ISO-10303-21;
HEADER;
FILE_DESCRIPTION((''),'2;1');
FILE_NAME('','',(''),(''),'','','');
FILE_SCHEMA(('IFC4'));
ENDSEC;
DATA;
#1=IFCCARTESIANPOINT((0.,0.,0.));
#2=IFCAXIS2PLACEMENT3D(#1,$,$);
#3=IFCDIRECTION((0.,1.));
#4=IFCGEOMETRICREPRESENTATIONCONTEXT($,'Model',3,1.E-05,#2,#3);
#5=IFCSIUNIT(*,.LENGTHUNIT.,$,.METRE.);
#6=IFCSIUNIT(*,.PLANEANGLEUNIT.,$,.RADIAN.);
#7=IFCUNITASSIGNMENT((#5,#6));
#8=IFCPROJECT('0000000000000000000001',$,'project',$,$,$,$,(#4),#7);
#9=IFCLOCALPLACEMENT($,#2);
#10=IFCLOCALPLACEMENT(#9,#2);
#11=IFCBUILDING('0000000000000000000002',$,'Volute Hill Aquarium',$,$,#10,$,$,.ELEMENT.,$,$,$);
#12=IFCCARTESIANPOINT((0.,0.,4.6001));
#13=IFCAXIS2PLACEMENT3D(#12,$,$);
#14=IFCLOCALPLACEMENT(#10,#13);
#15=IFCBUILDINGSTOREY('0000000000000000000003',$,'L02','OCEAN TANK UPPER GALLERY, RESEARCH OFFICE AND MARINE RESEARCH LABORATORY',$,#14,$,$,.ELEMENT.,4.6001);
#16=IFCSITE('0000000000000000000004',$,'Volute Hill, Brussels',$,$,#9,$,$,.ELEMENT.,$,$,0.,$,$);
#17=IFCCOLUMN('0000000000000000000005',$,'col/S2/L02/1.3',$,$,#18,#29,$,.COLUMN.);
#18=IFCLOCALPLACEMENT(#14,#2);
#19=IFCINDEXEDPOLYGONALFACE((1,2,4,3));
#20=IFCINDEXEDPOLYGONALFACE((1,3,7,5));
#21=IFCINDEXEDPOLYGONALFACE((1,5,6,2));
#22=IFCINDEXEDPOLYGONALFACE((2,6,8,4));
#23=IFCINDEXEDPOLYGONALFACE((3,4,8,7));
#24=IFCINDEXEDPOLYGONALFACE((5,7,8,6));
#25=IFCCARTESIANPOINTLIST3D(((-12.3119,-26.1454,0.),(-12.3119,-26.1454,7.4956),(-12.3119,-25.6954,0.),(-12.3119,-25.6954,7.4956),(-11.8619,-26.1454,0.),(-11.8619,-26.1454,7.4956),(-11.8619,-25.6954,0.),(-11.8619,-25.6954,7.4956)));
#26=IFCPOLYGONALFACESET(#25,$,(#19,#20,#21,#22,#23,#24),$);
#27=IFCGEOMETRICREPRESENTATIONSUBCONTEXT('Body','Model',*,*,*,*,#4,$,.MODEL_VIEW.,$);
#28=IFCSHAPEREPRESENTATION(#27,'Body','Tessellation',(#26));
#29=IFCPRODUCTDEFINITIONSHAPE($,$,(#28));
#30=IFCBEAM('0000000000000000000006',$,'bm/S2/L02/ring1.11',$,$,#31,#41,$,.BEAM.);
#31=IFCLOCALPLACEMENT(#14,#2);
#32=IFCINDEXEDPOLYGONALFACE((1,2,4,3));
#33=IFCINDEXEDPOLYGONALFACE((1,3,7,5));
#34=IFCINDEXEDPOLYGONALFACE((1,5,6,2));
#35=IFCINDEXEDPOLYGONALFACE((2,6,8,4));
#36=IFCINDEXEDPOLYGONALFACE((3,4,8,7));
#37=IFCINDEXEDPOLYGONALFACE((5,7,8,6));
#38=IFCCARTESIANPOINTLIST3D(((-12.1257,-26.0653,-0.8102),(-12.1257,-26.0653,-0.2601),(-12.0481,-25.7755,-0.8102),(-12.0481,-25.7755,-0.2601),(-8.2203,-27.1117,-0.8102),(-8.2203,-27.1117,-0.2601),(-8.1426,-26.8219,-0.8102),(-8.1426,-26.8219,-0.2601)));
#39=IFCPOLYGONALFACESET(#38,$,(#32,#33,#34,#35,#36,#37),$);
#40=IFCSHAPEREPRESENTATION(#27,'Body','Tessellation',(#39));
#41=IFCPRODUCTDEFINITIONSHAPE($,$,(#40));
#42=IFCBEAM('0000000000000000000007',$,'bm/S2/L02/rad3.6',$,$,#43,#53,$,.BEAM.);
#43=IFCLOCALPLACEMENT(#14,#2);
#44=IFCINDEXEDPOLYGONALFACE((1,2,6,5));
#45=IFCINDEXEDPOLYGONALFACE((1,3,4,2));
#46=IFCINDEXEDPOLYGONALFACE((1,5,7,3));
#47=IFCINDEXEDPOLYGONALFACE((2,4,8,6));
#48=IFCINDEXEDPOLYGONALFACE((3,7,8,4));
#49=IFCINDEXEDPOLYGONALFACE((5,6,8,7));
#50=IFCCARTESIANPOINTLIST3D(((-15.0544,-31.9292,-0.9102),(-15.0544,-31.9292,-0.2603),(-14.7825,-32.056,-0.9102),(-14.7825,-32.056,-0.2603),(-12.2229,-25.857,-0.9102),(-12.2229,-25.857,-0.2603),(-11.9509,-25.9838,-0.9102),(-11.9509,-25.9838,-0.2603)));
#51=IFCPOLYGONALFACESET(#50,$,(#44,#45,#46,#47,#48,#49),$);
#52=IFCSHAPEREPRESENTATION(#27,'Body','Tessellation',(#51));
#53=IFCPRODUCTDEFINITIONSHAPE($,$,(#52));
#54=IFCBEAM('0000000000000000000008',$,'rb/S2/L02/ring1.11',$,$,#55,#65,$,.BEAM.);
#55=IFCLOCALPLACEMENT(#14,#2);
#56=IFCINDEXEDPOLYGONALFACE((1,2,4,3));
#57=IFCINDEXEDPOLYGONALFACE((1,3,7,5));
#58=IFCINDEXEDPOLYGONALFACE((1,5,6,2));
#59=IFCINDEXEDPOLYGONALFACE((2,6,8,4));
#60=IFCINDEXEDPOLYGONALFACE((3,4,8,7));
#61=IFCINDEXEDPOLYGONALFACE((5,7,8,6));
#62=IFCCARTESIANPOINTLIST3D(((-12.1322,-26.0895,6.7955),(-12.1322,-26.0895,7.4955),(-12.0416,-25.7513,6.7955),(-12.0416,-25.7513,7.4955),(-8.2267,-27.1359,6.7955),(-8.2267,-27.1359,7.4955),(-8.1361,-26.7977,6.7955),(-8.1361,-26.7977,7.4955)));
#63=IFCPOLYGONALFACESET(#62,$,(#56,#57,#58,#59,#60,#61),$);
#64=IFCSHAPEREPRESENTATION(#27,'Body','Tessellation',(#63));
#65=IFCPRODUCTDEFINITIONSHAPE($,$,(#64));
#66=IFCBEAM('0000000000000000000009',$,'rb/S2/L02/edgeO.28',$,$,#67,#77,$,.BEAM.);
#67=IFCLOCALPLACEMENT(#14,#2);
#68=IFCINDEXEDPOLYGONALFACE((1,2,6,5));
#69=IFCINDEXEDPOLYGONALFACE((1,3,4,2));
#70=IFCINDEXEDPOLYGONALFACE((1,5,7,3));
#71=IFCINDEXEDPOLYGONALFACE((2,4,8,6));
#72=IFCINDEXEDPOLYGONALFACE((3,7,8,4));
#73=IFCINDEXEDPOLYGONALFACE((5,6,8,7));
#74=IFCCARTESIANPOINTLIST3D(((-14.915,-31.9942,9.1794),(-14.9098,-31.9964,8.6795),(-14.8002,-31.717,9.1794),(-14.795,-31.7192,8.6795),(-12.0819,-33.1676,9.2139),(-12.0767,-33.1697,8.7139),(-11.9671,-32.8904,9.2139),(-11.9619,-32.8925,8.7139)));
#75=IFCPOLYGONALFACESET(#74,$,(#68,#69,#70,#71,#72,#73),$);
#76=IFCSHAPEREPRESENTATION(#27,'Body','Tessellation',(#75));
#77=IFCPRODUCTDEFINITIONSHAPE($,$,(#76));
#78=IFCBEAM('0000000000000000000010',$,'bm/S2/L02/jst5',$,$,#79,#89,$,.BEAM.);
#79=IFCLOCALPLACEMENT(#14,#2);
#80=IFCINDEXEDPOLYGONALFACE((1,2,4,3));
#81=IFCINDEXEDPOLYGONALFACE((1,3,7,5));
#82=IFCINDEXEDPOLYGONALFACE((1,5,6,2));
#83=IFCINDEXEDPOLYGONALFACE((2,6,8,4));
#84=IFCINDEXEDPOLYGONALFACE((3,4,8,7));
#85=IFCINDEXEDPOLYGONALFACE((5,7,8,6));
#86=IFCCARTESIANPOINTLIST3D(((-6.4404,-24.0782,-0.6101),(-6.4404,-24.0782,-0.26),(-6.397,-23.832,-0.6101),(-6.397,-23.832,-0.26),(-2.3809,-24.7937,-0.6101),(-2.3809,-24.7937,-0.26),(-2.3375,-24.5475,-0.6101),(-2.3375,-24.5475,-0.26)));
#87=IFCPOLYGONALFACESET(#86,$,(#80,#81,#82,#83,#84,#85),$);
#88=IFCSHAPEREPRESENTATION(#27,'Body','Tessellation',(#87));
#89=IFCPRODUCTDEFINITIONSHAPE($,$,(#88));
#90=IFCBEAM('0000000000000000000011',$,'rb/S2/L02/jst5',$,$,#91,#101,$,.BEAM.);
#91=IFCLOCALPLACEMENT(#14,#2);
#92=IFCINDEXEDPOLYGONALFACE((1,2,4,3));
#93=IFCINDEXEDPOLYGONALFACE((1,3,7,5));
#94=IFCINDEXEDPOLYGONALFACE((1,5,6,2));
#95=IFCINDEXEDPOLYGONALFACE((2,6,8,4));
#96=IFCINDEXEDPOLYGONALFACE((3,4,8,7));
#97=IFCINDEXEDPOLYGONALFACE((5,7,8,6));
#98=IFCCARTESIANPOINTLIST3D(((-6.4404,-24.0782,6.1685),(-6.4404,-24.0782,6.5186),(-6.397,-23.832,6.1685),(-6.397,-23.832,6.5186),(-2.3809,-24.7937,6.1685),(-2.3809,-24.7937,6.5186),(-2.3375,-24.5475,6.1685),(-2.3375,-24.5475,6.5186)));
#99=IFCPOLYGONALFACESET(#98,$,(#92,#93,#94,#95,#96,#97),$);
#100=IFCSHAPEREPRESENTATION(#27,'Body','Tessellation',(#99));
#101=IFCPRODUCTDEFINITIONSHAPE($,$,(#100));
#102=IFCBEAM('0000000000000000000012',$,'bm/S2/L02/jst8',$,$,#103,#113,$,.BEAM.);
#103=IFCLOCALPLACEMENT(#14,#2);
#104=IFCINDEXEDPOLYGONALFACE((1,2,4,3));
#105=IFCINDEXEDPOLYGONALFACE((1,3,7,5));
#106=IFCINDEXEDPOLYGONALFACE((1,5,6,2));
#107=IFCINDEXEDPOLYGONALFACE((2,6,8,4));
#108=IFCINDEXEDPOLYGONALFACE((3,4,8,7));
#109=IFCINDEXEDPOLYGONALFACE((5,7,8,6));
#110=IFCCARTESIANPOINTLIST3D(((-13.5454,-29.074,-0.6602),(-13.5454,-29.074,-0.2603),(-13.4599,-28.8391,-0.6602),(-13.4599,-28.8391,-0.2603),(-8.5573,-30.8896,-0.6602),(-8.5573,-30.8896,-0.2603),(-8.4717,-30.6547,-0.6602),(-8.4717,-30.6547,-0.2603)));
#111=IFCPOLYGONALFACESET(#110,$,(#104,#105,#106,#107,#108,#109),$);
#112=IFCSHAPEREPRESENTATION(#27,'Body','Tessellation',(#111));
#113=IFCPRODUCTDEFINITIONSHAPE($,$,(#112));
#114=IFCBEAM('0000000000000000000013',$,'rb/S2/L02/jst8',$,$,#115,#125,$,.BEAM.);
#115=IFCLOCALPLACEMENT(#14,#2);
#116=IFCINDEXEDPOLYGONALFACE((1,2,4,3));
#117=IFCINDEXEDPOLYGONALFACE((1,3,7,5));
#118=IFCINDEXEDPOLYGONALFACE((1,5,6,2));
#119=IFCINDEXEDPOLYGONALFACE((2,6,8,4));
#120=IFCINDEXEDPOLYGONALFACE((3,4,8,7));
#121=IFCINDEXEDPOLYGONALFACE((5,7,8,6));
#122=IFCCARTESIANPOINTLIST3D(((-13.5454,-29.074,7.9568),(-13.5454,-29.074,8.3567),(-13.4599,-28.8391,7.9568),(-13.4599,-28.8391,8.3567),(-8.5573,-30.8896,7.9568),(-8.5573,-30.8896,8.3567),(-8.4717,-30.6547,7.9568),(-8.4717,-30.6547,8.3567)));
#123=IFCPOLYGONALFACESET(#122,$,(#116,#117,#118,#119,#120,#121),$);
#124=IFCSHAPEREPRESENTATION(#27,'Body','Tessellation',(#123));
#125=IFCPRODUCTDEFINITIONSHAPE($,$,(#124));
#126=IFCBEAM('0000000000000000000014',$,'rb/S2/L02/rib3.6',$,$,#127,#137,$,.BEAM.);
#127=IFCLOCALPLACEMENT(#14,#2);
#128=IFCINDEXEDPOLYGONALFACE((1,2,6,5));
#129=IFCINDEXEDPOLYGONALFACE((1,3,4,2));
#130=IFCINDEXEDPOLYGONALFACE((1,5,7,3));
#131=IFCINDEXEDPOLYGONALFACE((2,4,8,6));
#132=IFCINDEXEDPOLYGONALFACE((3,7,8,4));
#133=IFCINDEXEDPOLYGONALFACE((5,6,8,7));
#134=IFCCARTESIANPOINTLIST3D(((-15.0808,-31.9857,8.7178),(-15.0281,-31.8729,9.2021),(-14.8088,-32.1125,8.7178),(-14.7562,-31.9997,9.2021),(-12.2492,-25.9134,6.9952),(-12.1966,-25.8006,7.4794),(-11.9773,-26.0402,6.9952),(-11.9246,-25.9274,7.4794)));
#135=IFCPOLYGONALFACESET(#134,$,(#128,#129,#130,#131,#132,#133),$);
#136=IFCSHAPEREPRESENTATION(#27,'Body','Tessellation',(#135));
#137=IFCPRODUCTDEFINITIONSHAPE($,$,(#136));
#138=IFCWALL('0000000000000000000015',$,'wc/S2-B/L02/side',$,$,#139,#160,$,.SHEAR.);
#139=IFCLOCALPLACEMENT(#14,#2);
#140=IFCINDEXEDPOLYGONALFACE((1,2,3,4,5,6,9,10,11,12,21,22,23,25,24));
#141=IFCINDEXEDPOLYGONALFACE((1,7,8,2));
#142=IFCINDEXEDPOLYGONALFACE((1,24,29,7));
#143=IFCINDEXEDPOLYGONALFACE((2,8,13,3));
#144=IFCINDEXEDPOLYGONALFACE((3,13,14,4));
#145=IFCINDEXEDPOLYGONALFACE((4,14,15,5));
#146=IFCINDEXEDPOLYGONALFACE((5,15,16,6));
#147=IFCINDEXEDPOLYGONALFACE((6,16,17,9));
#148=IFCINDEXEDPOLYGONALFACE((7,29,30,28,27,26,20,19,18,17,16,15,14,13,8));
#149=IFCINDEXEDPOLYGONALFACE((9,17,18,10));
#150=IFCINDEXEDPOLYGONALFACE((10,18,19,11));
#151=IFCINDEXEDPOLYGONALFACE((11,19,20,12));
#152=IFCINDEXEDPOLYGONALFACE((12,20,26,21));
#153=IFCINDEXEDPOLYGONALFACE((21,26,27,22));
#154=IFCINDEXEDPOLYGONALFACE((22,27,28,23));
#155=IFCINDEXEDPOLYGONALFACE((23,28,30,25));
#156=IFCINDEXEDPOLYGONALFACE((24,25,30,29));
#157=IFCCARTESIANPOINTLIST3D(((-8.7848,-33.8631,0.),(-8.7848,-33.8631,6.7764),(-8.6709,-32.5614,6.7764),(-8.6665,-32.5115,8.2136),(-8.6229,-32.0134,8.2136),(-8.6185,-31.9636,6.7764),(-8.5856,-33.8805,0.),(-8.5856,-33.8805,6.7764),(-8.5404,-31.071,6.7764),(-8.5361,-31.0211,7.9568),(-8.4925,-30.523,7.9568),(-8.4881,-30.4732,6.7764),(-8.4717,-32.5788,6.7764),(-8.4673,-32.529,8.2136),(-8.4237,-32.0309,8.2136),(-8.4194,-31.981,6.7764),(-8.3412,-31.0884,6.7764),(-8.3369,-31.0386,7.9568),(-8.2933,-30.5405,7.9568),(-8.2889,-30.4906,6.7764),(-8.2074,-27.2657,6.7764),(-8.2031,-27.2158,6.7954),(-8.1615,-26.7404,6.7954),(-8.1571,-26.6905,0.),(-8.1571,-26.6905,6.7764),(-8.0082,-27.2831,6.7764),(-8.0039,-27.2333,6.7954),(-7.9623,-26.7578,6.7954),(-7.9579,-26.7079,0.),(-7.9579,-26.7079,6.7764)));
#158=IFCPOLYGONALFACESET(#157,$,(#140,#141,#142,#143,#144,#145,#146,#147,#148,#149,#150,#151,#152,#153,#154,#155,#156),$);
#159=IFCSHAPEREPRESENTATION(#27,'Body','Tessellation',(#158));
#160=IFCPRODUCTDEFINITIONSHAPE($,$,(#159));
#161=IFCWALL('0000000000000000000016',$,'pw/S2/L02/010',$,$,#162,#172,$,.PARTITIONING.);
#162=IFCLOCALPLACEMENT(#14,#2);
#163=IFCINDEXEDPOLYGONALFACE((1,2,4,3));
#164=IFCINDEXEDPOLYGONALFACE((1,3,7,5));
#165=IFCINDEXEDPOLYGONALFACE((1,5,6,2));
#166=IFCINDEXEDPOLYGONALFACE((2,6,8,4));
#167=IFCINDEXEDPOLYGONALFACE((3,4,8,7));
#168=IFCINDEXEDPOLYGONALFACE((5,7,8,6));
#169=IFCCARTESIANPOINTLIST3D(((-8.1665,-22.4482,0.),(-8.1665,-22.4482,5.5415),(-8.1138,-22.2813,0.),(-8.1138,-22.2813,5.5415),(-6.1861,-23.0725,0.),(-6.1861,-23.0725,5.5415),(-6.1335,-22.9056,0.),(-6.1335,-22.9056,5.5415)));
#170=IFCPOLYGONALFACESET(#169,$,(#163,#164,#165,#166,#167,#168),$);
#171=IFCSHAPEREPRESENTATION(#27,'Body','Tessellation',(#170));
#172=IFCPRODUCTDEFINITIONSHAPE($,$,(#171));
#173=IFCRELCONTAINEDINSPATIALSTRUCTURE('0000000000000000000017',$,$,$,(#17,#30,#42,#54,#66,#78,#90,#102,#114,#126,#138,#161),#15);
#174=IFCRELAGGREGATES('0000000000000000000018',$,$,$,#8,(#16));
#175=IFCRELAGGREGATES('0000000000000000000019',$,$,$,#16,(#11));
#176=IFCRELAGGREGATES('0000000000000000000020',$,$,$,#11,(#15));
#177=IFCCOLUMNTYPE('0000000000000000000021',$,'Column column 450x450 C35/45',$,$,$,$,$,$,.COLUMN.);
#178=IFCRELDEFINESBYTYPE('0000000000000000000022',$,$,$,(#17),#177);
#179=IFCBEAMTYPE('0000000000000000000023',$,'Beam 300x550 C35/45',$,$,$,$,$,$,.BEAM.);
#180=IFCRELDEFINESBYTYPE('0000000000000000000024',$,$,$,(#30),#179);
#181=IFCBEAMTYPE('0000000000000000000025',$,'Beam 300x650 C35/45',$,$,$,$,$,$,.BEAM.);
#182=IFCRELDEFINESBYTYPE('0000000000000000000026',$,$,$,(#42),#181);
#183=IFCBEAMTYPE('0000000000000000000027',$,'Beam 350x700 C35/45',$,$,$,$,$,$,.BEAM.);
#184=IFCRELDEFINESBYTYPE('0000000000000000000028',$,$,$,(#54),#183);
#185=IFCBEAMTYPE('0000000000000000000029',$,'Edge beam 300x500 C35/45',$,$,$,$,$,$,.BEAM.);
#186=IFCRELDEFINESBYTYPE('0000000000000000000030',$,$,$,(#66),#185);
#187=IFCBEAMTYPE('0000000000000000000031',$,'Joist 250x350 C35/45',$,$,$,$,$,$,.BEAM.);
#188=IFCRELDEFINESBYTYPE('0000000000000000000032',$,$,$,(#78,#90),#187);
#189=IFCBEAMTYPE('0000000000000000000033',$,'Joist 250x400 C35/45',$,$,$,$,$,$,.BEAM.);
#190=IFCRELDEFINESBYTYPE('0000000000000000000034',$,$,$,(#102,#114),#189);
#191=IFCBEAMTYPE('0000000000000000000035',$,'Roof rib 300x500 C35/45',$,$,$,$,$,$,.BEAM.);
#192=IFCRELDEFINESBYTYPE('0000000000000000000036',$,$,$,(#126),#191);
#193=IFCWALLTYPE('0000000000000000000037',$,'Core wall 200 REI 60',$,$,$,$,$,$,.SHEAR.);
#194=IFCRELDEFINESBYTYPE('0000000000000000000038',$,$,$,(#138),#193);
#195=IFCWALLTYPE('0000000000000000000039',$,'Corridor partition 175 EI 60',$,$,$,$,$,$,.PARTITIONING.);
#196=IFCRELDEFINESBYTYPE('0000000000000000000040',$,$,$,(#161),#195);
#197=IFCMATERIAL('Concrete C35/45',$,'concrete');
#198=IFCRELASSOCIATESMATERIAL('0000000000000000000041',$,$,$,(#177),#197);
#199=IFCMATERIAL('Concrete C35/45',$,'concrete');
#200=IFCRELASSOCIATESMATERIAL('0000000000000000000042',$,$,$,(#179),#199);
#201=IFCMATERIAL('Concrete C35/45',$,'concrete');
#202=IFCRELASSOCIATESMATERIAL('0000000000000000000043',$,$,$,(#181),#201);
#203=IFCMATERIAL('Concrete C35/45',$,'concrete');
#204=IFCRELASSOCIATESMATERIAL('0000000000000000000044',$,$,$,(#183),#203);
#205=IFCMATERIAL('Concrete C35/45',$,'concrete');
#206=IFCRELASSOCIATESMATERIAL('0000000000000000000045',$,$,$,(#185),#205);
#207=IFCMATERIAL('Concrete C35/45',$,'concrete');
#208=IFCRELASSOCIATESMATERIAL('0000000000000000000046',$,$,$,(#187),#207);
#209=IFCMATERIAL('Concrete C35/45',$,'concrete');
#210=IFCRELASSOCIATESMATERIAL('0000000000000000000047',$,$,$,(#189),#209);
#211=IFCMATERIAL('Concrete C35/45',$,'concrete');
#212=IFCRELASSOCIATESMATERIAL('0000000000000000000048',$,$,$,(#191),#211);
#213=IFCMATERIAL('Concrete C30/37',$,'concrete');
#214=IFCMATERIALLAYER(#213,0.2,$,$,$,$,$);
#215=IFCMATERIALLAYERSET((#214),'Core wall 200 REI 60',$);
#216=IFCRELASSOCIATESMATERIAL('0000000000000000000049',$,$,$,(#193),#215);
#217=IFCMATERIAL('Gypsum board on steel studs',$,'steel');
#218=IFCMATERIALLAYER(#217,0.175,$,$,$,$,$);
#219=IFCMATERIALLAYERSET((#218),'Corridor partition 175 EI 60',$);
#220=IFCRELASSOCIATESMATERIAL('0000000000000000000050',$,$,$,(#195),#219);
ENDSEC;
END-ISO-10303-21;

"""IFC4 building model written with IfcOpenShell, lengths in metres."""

from ifc_helpers import new_model, si_unit, direction, frame, frame_2d, origin, origin_2d, place, context, subcontext, project, spatial, polyline, rectangle, outline, extrude, material, layer, layer_set, material_profile, profile_set, type_object, element, save


model = new_model("IFC4")

# Units and contexts
model_context = context("Model", 3, precision=1e-05, world=origin(), true_north=direction((0.0, 1.0)))
body_context = subcontext(model_context, "Body", "Model", "MODEL_VIEW")
ifc_project = project(units=[si_unit("LENGTHUNIT", "METRE"), si_unit("PLANEANGLEUNIT", "RADIAN")], contexts=[model_context])

# Site, building, storey
site_placement = place(None, origin())
site = spatial("IfcSite", under=ifc_project, at=site_placement, Name="Volute Hill, Brussels", CompositionType="ELEMENT", RefElevation=0.0)
building_placement = place(site_placement, origin())
building = spatial("IfcBuilding", under=site, at=building_placement, Name="Volute Hill Aquarium", CompositionType="ELEMENT")
storey_placement = place(building_placement, frame((0.0, 0.0, 4.6001)))
storey = spatial("IfcBuildingStorey", under=building, at=storey_placement, Name="L02", Description="OCEAN TANK UPPER GALLERY, RESEARCH OFFICE AND MARINE RESEARCH LABORATORY", CompositionType="ELEMENT", Elevation=4.6001)

# Column
ifc_material_1 = material(Name="Concrete C35/45", Category="concrete")
ifc_material_profile_1 = material_profile(ifc_material_1, rectangle(XDim=0.45, YDim=0.45, at=origin_2d()), Name="RC column 450x450")
ifc_profile_set_1 = profile_set([ifc_material_profile_1], Name="Concrete C35/45")
column_type = type_object("IfcColumnType", Name="Column column 450x450 C35/45", PredefinedType="COLUMN", material=ifc_profile_set_1)
column_placement = place(storey_placement, frame((-12.0869, -25.9204, 0.0), z_axis=(0.0, 0.0, 1.0), x_axis=(1.0, 0.0, 0.0)))
element("IfcColumn", 1, at=column_placement, inside=storey, type_object=column_type, Name="col/S2/L02/1.3", PredefinedType="COLUMN", context=body_context, shape_type="SweptSolid", body=[
    extrude(rectangle(XDim=0.45, YDim=0.45, at=origin_2d()), origin(), (0.0, 0.0, 1.0), 7.4956),
])

# Beams
ifc_material_2 = material(Name="Concrete C35/45", Category="concrete")
ifc_material_profile_2 = material_profile(ifc_material_2, rectangle(XDim=0.3, YDim=0.55, at=origin_2d()), Name="RC beam 300x550")
ifc_profile_set_2 = profile_set([ifc_material_profile_2], Name="Concrete C35/45")
beam_type_1 = type_object("IfcBeamType", Name="Beam 300x550 C35/45", PredefinedType="BEAM", material=ifc_profile_set_2)
beam_1_placement = place(storey_placement, frame((-12.0869, -25.9204, -0.5352), z_axis=(0.965932, -0.258797, 0.0), x_axis=(0.258797, 0.965932, 0.0)))
element("IfcBeam", 2, at=beam_1_placement, inside=storey, type_object=beam_type_1, Name="bm/S2/L02/ring1.11", PredefinedType="BEAM", context=body_context, shape_type="SweptSolid", body=[
    extrude(rectangle(XDim=0.3, YDim=0.55, at=origin_2d()), origin(), (0.0, 0.0, 1.0), 4.0432),
])
ifc_material_3 = material(Name="Concrete C35/45", Category="concrete")
ifc_material_profile_3 = material_profile(ifc_material_3, rectangle(XDim=0.3, YDim=0.6499, at=origin_2d()), Name="RC beam 300x650")
ifc_profile_set_3 = profile_set([ifc_material_profile_3], Name="Concrete C35/45")
beam_type_2 = type_object("IfcBeamType", Name="Beam 300x650 C35/45", PredefinedType="BEAM", material=ifc_profile_set_3)
beam_2_placement = place(storey_placement, frame((-12.0869, -25.9204, -0.5852), z_axis=(-0.422618, -0.906308, 0.0), x_axis=(0.906308, -0.422618, 0.0)))
element("IfcBeam", 3, at=beam_2_placement, inside=storey, type_object=beam_type_2, Name="bm/S2/L02/rad3.6", PredefinedType="BEAM", context=body_context, shape_type="SweptSolid", body=[
    extrude(rectangle(XDim=0.3, YDim=0.6499, at=origin_2d()), origin(), (0.0, 0.0, 1.0), 6.7),
])
ifc_material_4 = material(Name="Concrete C35/45", Category="concrete")
ifc_material_profile_4 = material_profile(ifc_material_4, rectangle(XDim=0.3501, YDim=0.7, at=origin_2d()), Name="RC beam 350x700")
ifc_profile_set_4 = profile_set([ifc_material_profile_4], Name="Concrete C35/45")
beam_type_3 = type_object("IfcBeamType", Name="Beam 350x700 C35/45", PredefinedType="BEAM", material=ifc_profile_set_4)
beam_3_placement = place(storey_placement, frame((-12.0869, -25.9204, 7.1455), z_axis=(0.965932, -0.258797, 0.0), x_axis=(0.258797, 0.965932, 0.0)))
element("IfcBeam", 4, at=beam_3_placement, inside=storey, type_object=beam_type_3, Name="rb/S2/L02/ring1.11", PredefinedType="BEAM", context=body_context, shape_type="SweptSolid", body=[
    extrude(rectangle(XDim=0.3501, YDim=0.7, at=origin_2d()), origin(), (0.0, 0.0, 1.0), 4.0432),
])
ifc_material_5 = material(Name="Concrete C35/45", Category="concrete")
ifc_material_profile_5 = material_profile(ifc_material_5, rectangle(XDim=0.3, YDim=0.5, at=origin_2d()), Name="RC edge beam 300x500")
ifc_profile_set_5 = profile_set([ifc_material_profile_5], Name="Concrete C35/45")
beam_type_4 = type_object("IfcBeamType", Name="Edge beam 300x500 C35/45", PredefinedType="BEAM", material=ifc_profile_set_5)
beam_4_placement = place(storey_placement, frame((-14.855, -31.8567, 8.9294), z_axis=(0.923836, -0.382623, 0.011226), x_axis=(0.382647, 0.923895, 0.0)))
element("IfcBeam", 5, at=beam_4_placement, inside=storey, type_object=beam_type_4, Name="rb/S2/L02/edgeO.28", PredefinedType="BEAM", context=body_context, shape_type="SweptSolid", body=[
    extrude(rectangle(XDim=0.3, YDim=0.5, at=origin_2d()), origin(), (0.0, 0.0, 1.0), 3.0667),
])
ifc_material_6 = material(Name="Concrete C35/45", Category="concrete")
ifc_material_profile_6 = material_profile(ifc_material_6, rectangle(XDim=0.25, YDim=0.3501, at=origin_2d()), Name="RC joist 250x350")
ifc_profile_set_6 = profile_set([ifc_material_profile_6], Name="Concrete C35/45")
beam_type_5 = type_object("IfcBeamType", Name="Joist 250x350 C35/45", PredefinedType="BEAM", material=ifc_profile_set_6)
for number, where, z_axis, x_axis, name in (
    (6, (-6.4187, -23.9551, -0.4351), (0.984818, -0.173593, 0.0), (0.173593, 0.984818, 0.0), "bm/S2/L02/jst5"),
    (7, (-6.4187, -23.9551, 6.3435), (0.984818, -0.173593, 0.0), (0.173593, 0.984818, 0.0), "rb/S2/L02/jst5"),
):
    element("IfcBeam", number, at=place(storey_placement, frame(where, z_axis=z_axis, x_axis=x_axis)), inside=storey, type_object=beam_type_5, Name=name, PredefinedType="BEAM", context=body_context, shape_type="SweptSolid", body=[
        extrude(rectangle(XDim=0.25, YDim=0.3501, at=origin_2d()), origin(), (0.0, 0.0, 1.0), 4.1221),
    ])
ifc_material_7 = material(Name="Concrete C35/45", Category="concrete")
ifc_material_profile_7 = material_profile(ifc_material_7, rectangle(XDim=0.25, YDim=0.3999, at=origin_2d()), Name="RC joist 250x400")
ifc_profile_set_7 = profile_set([ifc_material_profile_7], Name="Concrete C35/45")
beam_type_6 = type_object("IfcBeamType", Name="Joist 250x400 C35/45", PredefinedType="BEAM", material=ifc_profile_set_7)
for number, where, z_axis, x_axis, name in (
    (8, (-13.5027, -28.9565, -0.4602), (0.939687, -0.342035, 0.0), (0.342035, 0.939687, 0.0), "bm/S2/L02/jst8"),
    (9, (-13.5027, -28.9565, 8.1567), (0.939687, -0.342035, 0.0), (0.342035, 0.939687, 0.0), "rb/S2/L02/jst8"),
):
    element("IfcBeam", number, at=place(storey_placement, frame(where, z_axis=z_axis, x_axis=x_axis)), inside=storey, type_object=beam_type_6, Name=name, PredefinedType="BEAM", context=body_context, shape_type="SweptSolid", body=[
        extrude(rectangle(XDim=0.25, YDim=0.3999, at=origin_2d()), origin(), (0.0, 0.0, 1.0), 5.3083),
    ])
ifc_material_8 = material(Name="Concrete C35/45", Category="concrete")
ifc_material_profile_8 = material_profile(ifc_material_8, rectangle(XDim=0.3, YDim=0.5, at=origin_2d()), Name="RC rib 300x500")
ifc_profile_set_8 = profile_set([ifc_material_profile_8], Name="Concrete C35/45")
beam_type_7 = type_object("IfcBeamType", Name="Roof rib 300x500 C35/45", PredefinedType="BEAM", material=ifc_profile_set_8)
beam_5_placement = place(storey_placement, frame((-12.0869, -25.9204, 7.2373), z_axis=(-0.409306, -0.877759, 0.249014), x_axis=(0.906308, -0.422618, 0.0)))
element("IfcBeam", 10, at=beam_5_placement, inside=storey, type_object=beam_type_7, Name="rb/S2/L02/rib3.6", PredefinedType="BEAM", context=body_context, shape_type="SweptSolid", body=[
    extrude(rectangle(XDim=0.3, YDim=0.5, at=origin_2d()), origin(), (0.0, 0.0, 1.0), 6.918),
])

# Wall
ifc_material_9 = material(Name="Concrete C30/37", Category="concrete")
ifc_layer_1 = layer(ifc_material_9, 0.2)
ifc_layer_set_1 = layer_set([ifc_layer_1], Name="Core wall 200 REI 60")
wall_type_1 = type_object("IfcWallType", Name="Core wall 200 REI 60", PredefinedType="SHEAR", material=ifc_layer_set_1)
wall_1_placement = place(storey_placement, frame((-8.0576, -26.6992, 0.0), z_axis=(0.0, 0.0, 1.0), x_axis=(-0.087178, -0.996193, 0.0)))
element("IfcWall", 11, at=wall_1_placement, inside=storey, type_object=wall_type_1, Name="wc/S2-B/L02/side", PredefinedType="SHEAR", context=body_context, shape_type="SweptSolid", body=[
    extrude(outline(polyline([(0.0, 0.0), (7.2, 0.0), (7.2, 6.7764), (5.8933, 6.7764), (5.8433, 8.2136), (5.3433, 8.2136), (5.2932, 6.7764), (4.3972, 6.7764), (4.3472, 7.9568), (3.8472, 7.9568), (3.7971, 6.7764), (0.5774, 6.7764), (0.5273, 6.7954), (0.05, 6.7954), (0.0, 6.7764), (0.0, 0.0)])), frame((0.0, 0.1001, 0.0), z_axis=(0.0, -1.0, 0.0), x_axis=(1.0, 0.0, 0.0)), (0.0, 0.0, 1.0), 0.2),
])

# Shared definitions
ifc_material_10 = material(Name="Gypsum board on steel studs", Category="steel")
ifc_layer_2 = layer(ifc_material_10, 0.175)
ifc_layer_set_2 = layer_set([ifc_layer_2], Name="Corridor partition 175 EI 60")
wall_type_2 = type_object("IfcWallType", Name="Corridor partition 175 EI 60", PredefinedType="PARTITIONING", material=ifc_layer_set_2)

# Wall
wall_2_placement = place(storey_placement, frame((-6.1599, -22.989, 0.0), z_axis=(0.0, 0.0, 1.0), x_axis=(-0.95373, 0.300664, 0.0)))
element("IfcWall", 12, at=wall_2_placement, inside=storey, type_object=wall_type_2, Name="pw/S2/L02/010", PredefinedType="PARTITIONING", context=body_context, shape_type="SweptSolid", body=[
    extrude(rectangle(XDim=2.0764, YDim=0.175, at=frame_2d((1.0381, 0.0))), origin(), (0.0, 0.0, 1.0), 5.5415),
])

save(model, "model.ifc")
